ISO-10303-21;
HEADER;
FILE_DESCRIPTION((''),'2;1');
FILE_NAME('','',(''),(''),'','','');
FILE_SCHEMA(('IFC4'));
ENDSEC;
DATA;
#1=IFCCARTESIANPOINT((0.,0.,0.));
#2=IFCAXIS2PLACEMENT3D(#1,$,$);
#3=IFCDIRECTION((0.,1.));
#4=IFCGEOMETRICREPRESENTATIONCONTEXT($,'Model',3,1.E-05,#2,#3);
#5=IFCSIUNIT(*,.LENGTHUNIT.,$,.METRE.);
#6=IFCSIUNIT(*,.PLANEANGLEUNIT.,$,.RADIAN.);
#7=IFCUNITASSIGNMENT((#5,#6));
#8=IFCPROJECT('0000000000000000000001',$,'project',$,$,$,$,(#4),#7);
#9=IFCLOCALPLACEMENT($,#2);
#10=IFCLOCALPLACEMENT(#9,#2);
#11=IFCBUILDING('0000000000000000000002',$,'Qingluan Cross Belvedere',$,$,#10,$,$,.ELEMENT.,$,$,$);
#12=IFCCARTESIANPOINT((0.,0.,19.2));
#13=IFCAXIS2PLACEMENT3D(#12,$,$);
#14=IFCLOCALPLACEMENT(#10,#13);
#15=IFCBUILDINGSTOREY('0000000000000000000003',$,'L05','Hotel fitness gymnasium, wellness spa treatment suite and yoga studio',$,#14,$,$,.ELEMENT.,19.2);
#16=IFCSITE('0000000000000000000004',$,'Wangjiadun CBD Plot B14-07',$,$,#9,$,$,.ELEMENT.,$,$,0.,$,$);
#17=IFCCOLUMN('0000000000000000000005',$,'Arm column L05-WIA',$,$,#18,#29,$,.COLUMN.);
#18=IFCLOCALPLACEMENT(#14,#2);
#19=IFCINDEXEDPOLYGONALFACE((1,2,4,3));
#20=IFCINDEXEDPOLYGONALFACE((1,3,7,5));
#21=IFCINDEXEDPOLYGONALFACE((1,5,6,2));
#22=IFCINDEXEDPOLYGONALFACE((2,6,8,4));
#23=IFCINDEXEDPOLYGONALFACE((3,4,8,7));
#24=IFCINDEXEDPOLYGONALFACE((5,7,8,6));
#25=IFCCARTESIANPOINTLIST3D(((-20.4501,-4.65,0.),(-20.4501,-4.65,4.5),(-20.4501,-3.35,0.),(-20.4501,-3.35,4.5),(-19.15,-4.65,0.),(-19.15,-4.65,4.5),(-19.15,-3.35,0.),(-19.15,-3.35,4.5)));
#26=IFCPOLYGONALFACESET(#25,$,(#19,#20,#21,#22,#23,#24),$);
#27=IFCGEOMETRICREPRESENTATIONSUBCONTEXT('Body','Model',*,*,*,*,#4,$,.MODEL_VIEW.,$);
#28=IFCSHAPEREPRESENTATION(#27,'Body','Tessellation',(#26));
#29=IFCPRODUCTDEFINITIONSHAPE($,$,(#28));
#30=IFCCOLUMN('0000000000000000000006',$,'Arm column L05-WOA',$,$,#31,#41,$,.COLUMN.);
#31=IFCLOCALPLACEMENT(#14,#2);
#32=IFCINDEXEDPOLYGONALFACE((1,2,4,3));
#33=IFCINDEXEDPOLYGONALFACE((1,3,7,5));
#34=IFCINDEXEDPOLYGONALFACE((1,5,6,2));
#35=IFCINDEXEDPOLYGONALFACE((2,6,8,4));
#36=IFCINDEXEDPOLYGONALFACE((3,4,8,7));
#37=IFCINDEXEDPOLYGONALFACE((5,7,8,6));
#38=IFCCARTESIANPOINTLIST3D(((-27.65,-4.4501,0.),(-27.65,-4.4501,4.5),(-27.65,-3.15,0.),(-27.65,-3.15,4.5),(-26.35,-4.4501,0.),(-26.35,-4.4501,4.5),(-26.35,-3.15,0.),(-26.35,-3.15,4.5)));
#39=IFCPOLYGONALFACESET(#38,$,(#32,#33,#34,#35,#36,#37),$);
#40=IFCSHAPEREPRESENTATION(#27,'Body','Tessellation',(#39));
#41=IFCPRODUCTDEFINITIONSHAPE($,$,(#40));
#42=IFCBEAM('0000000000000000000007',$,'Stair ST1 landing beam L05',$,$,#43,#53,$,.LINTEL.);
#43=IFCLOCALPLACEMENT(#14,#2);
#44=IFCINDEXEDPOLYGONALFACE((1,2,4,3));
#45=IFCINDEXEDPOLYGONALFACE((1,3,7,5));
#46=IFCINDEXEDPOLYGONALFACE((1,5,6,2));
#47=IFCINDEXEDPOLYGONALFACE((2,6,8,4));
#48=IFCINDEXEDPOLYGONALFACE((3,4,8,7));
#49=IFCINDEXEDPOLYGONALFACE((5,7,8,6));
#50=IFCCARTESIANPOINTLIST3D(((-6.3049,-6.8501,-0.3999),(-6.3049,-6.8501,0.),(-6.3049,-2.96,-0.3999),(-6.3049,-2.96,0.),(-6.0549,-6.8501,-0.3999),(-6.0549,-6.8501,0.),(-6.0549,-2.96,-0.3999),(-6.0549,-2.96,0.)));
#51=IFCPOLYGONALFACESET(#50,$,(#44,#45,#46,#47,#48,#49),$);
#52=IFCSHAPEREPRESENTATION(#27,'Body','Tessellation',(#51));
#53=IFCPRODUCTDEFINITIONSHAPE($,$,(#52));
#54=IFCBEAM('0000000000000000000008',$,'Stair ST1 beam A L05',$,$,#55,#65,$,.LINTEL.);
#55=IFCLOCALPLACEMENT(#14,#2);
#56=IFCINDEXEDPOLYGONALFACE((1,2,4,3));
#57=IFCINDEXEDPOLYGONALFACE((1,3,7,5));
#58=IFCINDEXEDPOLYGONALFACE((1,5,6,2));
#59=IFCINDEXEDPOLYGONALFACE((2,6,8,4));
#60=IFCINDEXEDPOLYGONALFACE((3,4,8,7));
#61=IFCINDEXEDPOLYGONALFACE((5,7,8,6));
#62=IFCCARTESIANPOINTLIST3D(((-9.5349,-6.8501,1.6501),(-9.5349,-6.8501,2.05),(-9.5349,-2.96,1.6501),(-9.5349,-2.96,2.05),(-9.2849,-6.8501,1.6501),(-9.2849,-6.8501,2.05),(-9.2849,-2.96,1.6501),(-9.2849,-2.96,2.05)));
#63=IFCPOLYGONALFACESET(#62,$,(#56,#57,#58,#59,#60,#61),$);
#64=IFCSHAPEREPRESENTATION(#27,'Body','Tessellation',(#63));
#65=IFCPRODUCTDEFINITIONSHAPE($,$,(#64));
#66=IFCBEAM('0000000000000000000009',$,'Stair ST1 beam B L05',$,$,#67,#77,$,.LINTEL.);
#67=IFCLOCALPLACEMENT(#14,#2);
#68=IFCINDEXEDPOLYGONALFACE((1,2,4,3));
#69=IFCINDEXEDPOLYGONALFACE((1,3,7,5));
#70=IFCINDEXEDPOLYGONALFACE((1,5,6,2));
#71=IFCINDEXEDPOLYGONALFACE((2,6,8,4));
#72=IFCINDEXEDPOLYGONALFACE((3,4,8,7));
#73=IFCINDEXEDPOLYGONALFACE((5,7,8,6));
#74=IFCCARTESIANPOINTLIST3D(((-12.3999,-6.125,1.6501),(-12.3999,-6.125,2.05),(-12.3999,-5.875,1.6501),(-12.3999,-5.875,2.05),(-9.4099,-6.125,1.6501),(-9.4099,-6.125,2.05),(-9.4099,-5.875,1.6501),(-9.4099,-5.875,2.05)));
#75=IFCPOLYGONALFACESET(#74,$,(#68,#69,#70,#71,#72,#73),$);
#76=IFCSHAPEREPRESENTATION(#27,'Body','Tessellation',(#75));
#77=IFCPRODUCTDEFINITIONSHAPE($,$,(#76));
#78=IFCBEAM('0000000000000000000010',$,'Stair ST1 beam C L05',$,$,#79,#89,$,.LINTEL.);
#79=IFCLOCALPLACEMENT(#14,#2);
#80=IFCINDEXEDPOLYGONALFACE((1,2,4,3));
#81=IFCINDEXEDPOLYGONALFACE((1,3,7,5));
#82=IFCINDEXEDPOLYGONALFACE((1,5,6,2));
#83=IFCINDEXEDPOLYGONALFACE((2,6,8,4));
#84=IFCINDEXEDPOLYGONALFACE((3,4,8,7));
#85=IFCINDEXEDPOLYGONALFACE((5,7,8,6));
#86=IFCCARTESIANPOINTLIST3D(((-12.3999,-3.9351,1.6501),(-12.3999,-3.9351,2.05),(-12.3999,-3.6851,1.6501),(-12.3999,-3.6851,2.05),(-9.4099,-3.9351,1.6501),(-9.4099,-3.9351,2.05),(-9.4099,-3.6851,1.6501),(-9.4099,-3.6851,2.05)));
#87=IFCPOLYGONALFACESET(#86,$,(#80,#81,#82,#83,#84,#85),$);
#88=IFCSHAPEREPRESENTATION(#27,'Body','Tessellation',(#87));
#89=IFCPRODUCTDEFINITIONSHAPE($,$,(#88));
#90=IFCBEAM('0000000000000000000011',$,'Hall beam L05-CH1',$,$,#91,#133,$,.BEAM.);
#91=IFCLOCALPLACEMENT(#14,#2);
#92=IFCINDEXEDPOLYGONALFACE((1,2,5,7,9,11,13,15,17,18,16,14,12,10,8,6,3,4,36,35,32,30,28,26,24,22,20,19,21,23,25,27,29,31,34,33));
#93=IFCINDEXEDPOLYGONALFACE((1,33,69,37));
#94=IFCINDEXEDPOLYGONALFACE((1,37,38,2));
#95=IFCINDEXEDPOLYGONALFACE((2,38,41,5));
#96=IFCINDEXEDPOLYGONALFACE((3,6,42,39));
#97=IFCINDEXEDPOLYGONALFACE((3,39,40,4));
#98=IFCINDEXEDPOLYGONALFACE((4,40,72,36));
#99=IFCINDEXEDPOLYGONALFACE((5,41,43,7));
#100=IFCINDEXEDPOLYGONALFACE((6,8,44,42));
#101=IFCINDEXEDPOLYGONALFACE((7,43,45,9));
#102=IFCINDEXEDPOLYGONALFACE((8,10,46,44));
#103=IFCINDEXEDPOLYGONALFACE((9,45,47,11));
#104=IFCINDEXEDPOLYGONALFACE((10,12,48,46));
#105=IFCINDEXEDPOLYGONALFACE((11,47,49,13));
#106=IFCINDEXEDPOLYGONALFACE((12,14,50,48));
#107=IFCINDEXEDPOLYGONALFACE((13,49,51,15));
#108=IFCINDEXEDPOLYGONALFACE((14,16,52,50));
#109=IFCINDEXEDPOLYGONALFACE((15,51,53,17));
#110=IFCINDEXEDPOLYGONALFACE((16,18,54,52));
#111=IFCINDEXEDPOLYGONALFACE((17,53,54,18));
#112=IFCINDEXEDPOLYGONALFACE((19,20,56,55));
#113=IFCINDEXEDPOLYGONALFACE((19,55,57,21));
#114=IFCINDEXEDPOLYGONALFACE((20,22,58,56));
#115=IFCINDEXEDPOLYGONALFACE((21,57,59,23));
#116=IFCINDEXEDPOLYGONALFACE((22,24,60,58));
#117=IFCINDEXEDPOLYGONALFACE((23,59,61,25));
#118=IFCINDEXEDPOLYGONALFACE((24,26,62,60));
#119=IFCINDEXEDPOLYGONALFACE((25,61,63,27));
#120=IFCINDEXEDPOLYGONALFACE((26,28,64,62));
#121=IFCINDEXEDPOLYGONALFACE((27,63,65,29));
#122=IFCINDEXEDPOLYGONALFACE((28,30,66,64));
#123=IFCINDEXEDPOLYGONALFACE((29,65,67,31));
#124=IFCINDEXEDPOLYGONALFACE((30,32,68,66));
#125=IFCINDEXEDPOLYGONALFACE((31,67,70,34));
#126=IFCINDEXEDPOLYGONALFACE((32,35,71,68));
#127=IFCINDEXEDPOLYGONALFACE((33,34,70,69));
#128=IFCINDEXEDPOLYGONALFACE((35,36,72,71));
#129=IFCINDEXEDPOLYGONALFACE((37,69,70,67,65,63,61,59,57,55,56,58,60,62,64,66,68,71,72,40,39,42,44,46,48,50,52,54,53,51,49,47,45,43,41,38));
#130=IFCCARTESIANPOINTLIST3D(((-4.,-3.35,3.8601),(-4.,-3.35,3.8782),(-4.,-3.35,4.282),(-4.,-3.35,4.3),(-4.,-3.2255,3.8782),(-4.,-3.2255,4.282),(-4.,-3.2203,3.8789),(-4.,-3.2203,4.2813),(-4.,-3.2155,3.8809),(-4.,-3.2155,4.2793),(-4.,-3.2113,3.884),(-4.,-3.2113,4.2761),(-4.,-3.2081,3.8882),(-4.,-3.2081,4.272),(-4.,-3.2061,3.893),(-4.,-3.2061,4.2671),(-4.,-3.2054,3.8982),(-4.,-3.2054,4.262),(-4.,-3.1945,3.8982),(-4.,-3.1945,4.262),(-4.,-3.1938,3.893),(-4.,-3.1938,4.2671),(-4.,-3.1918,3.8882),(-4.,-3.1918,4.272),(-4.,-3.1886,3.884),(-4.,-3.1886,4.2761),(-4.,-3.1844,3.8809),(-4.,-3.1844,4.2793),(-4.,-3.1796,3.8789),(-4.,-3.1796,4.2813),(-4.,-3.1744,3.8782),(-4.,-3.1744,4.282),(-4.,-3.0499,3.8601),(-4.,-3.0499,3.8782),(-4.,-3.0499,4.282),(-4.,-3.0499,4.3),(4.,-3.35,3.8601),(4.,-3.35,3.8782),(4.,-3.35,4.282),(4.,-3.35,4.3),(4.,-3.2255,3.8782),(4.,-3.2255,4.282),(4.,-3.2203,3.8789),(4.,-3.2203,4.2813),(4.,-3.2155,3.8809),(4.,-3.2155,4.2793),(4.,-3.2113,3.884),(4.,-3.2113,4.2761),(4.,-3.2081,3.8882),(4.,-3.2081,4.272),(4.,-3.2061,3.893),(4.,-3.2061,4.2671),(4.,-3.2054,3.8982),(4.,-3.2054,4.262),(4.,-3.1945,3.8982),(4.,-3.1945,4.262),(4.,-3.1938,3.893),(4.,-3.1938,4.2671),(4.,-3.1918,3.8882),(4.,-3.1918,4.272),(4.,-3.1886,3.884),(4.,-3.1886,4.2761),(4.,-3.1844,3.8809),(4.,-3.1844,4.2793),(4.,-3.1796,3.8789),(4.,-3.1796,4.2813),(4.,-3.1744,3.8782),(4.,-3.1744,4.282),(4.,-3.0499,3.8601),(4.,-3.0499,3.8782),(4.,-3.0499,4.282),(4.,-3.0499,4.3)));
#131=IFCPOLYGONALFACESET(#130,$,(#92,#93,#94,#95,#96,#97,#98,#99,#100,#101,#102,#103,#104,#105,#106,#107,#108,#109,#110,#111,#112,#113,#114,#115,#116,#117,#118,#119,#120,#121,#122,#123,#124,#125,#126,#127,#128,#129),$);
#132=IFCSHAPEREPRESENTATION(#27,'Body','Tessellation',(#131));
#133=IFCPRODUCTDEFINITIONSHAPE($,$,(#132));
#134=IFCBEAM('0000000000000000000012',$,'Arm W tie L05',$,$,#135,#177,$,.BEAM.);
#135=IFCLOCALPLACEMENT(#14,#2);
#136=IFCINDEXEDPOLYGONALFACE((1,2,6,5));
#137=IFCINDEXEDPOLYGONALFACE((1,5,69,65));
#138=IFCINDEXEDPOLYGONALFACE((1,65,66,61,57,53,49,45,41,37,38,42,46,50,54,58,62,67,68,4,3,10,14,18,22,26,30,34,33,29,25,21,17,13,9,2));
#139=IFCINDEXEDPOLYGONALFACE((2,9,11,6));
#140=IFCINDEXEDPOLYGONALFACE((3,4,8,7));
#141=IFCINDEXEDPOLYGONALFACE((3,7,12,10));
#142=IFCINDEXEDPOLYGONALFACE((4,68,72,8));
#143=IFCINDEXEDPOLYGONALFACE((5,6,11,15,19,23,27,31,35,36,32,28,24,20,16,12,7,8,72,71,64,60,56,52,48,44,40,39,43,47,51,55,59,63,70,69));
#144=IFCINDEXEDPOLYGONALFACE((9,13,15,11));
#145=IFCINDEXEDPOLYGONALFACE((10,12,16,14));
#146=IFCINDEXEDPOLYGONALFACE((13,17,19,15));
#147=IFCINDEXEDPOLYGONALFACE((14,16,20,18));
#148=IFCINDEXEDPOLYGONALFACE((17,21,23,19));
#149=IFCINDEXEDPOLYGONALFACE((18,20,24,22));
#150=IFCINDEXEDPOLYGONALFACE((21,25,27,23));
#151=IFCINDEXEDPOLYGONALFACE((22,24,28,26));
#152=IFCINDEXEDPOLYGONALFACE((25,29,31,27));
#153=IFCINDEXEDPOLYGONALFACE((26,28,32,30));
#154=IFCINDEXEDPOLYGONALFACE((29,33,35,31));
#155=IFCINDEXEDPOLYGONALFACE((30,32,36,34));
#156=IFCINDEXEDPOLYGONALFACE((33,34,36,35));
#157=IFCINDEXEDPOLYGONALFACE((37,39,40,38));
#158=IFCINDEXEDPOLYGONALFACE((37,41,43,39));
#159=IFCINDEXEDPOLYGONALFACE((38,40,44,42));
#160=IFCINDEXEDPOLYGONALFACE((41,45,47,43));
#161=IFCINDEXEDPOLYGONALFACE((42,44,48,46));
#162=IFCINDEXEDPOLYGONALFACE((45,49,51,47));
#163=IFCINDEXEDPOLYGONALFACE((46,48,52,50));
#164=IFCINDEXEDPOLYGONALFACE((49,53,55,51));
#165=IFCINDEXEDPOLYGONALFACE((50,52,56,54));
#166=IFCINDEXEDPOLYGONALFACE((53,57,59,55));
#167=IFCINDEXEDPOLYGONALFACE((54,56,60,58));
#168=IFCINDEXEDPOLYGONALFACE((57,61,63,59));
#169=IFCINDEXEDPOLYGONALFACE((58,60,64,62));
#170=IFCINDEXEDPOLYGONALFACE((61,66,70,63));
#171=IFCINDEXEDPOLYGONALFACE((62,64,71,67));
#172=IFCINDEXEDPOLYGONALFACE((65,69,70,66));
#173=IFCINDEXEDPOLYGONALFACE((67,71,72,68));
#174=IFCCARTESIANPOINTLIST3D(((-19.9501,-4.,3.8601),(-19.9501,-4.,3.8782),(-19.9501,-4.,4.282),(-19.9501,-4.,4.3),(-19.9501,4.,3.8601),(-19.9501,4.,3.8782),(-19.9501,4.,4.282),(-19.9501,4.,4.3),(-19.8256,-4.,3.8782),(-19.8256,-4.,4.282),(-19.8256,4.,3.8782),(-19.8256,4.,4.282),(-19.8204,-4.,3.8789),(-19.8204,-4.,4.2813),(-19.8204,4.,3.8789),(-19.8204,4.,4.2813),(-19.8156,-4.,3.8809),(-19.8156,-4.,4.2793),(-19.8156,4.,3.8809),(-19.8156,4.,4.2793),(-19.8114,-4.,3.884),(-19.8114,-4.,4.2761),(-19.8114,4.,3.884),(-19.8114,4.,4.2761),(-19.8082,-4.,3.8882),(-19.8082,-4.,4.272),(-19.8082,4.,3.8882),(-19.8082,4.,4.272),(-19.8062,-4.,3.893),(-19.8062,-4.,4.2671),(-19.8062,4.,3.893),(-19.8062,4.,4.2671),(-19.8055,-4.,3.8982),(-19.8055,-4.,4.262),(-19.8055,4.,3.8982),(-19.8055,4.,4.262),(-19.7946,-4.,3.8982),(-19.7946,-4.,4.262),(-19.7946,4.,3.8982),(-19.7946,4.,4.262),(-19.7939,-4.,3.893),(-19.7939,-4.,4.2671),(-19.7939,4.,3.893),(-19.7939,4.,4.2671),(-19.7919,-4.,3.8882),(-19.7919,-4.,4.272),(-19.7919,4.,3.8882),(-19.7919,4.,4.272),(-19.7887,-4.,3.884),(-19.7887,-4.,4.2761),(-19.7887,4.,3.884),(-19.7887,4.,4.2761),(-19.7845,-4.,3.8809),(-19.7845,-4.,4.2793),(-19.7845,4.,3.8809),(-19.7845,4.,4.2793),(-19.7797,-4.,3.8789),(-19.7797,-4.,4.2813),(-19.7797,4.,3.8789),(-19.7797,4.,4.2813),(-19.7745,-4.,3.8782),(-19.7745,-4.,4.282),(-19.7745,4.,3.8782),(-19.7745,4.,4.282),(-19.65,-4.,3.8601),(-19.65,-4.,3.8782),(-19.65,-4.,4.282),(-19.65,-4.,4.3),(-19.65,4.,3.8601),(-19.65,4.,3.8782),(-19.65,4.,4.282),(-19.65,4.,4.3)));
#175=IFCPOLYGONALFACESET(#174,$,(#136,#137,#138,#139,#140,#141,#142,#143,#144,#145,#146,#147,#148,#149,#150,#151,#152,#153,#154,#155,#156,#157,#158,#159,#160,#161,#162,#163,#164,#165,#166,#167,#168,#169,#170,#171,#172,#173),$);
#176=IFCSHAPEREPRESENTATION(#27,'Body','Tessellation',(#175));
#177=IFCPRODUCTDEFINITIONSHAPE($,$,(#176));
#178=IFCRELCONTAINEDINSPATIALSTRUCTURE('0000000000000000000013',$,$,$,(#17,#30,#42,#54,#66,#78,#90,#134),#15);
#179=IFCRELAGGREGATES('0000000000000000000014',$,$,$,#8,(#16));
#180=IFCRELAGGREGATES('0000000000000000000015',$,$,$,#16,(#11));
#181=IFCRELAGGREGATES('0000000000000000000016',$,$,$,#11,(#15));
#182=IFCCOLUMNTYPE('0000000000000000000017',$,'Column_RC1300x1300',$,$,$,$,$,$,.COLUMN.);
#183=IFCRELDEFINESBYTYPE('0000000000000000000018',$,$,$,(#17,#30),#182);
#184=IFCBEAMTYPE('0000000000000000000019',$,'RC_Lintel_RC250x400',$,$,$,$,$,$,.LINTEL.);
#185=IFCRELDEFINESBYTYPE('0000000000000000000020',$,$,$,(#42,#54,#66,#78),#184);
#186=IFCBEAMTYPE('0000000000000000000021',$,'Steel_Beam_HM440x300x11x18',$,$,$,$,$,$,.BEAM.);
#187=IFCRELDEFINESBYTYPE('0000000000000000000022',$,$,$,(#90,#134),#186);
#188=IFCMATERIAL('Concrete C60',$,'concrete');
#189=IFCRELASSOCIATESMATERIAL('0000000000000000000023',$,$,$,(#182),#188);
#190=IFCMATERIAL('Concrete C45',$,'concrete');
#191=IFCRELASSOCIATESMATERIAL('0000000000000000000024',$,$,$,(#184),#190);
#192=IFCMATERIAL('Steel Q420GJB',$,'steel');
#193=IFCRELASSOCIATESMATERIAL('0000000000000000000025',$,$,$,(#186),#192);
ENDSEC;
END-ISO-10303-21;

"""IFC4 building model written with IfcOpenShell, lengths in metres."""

from ifc_helpers import new_model, si_unit, direction, frame, origin, origin_2d, place, context, subcontext, project, spatial, rectangle, i_section, extrude, material, material_profile, profile_set, type_object, element, save


model = new_model("IFC4")

# Units and contexts
model_context = context("Model", 3, precision=1e-05, world=origin(), true_north=direction((0.0, 1.0)))
body_context = subcontext(model_context, "Body", "Model", "MODEL_VIEW")
ifc_project = project(units=[si_unit("LENGTHUNIT", "METRE"), si_unit("PLANEANGLEUNIT", "RADIAN")], contexts=[model_context])

# Site, building, storey
site_placement = place(None, origin())
site = spatial("IfcSite", under=ifc_project, at=site_placement, Name="Wangjiadun CBD Plot B14-07", CompositionType="ELEMENT", RefElevation=0.0)
building_placement = place(site_placement, origin())
building = spatial("IfcBuilding", under=site, at=building_placement, Name="Qingluan Cross Belvedere", CompositionType="ELEMENT")
storey_placement = place(building_placement, frame((0.0, 0.0, 19.2)))
storey = spatial("IfcBuildingStorey", under=building, at=storey_placement, Name="L05", Description="Hotel fitness gymnasium, wellness spa treatment suite and yoga studio", CompositionType="ELEMENT", Elevation=19.2)

# Columns
ifc_material_1 = material(Name="Concrete C60", Category="concrete")
ifc_material_profile_1 = material_profile(ifc_material_1, rectangle(XDim=1.3, YDim=1.3, at=origin_2d()), Name="RC1300x1300")
ifc_profile_set_1 = profile_set([ifc_material_profile_1], Name="Concrete C60")
column_type = type_object("IfcColumnType", Name="Column_RC1300x1300", PredefinedType="COLUMN", material=ifc_profile_set_1)
for number, where, z_axis, x_axis, name in (
    (1, (-19.8, -4.0, 0.0), (0.0, 0.0, 1.0), (1.0, 0.0, 0.0), "Arm column L05-WIA"),
    (2, (-27.0, -3.8, 0.0), (0.0, 0.0, 1.0), (1.0, 0.0, 0.0), "Arm column L05-WOA"),
):
    element("IfcColumn", number, at=place(storey_placement, frame(where, z_axis=z_axis, x_axis=x_axis)), inside=storey, type_object=column_type, Name=name, PredefinedType="COLUMN", context=body_context, shape_type="SweptSolid", body=[
        extrude(rectangle(XDim=1.3, YDim=1.3, at=origin_2d()), origin(), (0.0, 0.0, 1.0), 4.5),
    ])

# Beams
ifc_material_2 = material(Name="Concrete C45", Category="concrete")
ifc_material_profile_2 = material_profile(ifc_material_2, rectangle(XDim=0.25, YDim=0.3999, at=origin_2d()), Name="RC250x400")
ifc_profile_set_2 = profile_set([ifc_material_profile_2], Name="Concrete C45")
beam_type_1 = type_object("IfcBeamType", Name="RC_Lintel_RC250x400", PredefinedType="LINTEL", material=ifc_profile_set_2)
for number, where, z_axis, x_axis, name in (
    (3, (-6.1799, -6.8501, -0.2), (0.0, 1.0, 0.0), (-1.0, 0.0, 0.0), "Stair ST1 landing beam L05"),
    (4, (-9.4099, -6.8501, 1.8501), (0.0, 1.0, 0.0), (-1.0, 0.0, 0.0), "Stair ST1 beam A L05"),
):
    element("IfcBeam", number, at=place(storey_placement, frame(where, z_axis=z_axis, x_axis=x_axis)), inside=storey, type_object=beam_type_1, Name=name, PredefinedType="LINTEL", context=body_context, shape_type="SweptSolid", body=[
        extrude(rectangle(XDim=0.25, YDim=0.3999, at=origin_2d()), origin(), (0.0, 0.0, 1.0), 3.8901),
    ])
for number, where, z_axis, x_axis, name in (
    (5, (-12.3999, -6.0, 1.8501), (1.0, 0.0, 0.0), (0.0, 1.0, 0.0), "Stair ST1 beam B L05"),
    (6, (-12.3999, -3.8101, 1.8501), (1.0, 0.0, 0.0), (0.0, 1.0, 0.0), "Stair ST1 beam C L05"),
):
    element("IfcBeam", number, at=place(storey_placement, frame(where, z_axis=z_axis, x_axis=x_axis)), inside=storey, type_object=beam_type_1, Name=name, PredefinedType="LINTEL", context=body_context, shape_type="SweptSolid", body=[
        extrude(rectangle(XDim=0.25, YDim=0.3999, at=origin_2d()), origin(), (0.0, 0.0, 1.0), 2.99),
    ])
ifc_material_3 = material(Name="Steel Q420GJB", Category="steel")
ifc_material_profile_3 = material_profile(ifc_material_3, i_section(OverallWidth=0.3, OverallDepth=0.4399, WebThickness=0.011, FlangeThickness=0.0181, FilletRadius=0.02, at=origin_2d()), Name="HM440x300x11x18")
ifc_profile_set_3 = profile_set([ifc_material_profile_3], Name="Steel Q420GJB")
beam_type_2 = type_object("IfcBeamType", Name="Steel_Beam_HM440x300x11x18", PredefinedType="BEAM", material=ifc_profile_set_3)
for number, where, z_axis, x_axis, name in (
    (7, (-4.0, -3.2, 4.0801), (1.0, 0.0, 0.0), (0.0, 1.0, 0.0), "Hall beam L05-CH1"),
    (8, (-19.8, -4.0, 4.0801), (0.0, 1.0, 0.0), (-1.0, 0.0, 0.0), "Arm W tie L05"),
):
    element("IfcBeam", number, at=place(storey_placement, frame(where, z_axis=z_axis, x_axis=x_axis)), inside=storey, type_object=beam_type_2, Name=name, PredefinedType="BEAM", context=body_context, shape_type="SweptSolid", body=[
        extrude(i_section(OverallWidth=0.3, OverallDepth=0.4399, WebThickness=0.011, FlangeThickness=0.0181, FilletRadius=0.02, at=origin_2d()), origin(), (0.0, 0.0, 1.0), 8.0),
    ])

save(model, "model.ifc")
